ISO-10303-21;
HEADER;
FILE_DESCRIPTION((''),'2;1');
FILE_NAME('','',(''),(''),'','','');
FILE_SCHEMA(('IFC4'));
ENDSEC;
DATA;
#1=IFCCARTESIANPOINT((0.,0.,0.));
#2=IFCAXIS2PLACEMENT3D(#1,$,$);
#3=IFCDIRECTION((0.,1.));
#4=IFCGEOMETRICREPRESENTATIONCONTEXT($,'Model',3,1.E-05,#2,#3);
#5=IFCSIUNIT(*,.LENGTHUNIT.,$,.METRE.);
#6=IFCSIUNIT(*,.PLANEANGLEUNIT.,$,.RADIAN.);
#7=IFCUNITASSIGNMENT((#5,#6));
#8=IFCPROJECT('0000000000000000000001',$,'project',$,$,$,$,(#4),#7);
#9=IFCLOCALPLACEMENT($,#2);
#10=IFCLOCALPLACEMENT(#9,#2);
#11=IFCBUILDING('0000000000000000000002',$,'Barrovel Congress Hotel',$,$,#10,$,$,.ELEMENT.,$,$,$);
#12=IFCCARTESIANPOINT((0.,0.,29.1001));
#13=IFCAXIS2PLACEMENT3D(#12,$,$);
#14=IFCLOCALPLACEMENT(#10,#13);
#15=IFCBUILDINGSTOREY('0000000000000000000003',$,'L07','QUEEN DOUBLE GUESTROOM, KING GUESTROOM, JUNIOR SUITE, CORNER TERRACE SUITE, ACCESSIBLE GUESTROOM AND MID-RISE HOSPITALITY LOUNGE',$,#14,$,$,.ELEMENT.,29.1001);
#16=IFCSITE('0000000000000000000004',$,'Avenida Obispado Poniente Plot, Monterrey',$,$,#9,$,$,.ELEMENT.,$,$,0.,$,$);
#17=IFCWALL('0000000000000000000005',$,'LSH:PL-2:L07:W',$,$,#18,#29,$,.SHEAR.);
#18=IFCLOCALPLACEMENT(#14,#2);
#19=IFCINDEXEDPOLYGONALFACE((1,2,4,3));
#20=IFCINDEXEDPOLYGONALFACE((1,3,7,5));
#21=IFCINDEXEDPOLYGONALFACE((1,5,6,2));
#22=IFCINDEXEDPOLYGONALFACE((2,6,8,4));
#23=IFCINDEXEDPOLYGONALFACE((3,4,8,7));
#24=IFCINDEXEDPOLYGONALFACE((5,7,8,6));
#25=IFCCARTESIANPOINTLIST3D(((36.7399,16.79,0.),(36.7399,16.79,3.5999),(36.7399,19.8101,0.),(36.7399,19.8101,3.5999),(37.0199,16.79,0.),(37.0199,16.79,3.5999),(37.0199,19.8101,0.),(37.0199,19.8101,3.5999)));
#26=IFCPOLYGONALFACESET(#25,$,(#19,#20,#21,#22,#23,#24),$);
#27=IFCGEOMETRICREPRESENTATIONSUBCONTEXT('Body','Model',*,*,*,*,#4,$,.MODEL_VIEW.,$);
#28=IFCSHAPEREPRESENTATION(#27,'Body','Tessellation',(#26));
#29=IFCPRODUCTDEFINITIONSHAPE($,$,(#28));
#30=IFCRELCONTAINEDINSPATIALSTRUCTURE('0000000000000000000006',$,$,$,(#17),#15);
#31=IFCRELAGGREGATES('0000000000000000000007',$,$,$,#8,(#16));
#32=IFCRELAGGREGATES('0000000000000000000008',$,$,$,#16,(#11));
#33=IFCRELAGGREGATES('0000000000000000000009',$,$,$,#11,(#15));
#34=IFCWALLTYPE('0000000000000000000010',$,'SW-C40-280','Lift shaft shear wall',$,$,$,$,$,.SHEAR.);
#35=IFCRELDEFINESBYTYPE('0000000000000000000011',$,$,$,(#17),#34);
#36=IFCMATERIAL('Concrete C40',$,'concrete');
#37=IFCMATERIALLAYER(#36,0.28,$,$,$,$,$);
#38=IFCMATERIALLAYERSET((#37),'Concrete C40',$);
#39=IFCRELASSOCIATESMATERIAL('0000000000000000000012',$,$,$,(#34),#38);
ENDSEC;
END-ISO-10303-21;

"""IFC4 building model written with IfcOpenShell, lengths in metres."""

from ifc_helpers import new_model, si_unit, direction, frame, frame_2d, origin, place, context, subcontext, project, spatial, rectangle, extrude, material, layer, layer_set, type_object, element, save


model = new_model("IFC4")

# Units and contexts
model_context = context("Model", 3, precision=1e-05, world=origin(), true_north=direction((0.0, 1.0)))
body_context = subcontext(model_context, "Body", "Model", "MODEL_VIEW")
ifc_project = project(units=[si_unit("LENGTHUNIT", "METRE"), si_unit("PLANEANGLEUNIT", "RADIAN")], contexts=[model_context])

# Site, building, storey
site_placement = place(None, origin())
site = spatial("IfcSite", under=ifc_project, at=site_placement, Name="Avenida Obispado Poniente Plot, Monterrey", CompositionType="ELEMENT", RefElevation=0.0)
building_placement = place(site_placement, origin())
building = spatial("IfcBuilding", under=site, at=building_placement, Name="Barrovel Congress Hotel", CompositionType="ELEMENT")
storey_placement = place(building_placement, frame((0.0, 0.0, 29.1001)))
storey = spatial("IfcBuildingStorey", under=building, at=storey_placement, Name="L07", Description="QUEEN DOUBLE GUESTROOM, KING GUESTROOM, JUNIOR SUITE, CORNER TERRACE SUITE, ACCESSIBLE GUESTROOM AND MID-RISE HOSPITALITY LOUNGE", CompositionType="ELEMENT", Elevation=29.1001)

# Shared definitions
ifc_material_1 = material(Name="Concrete C40", Category="concrete")

# Shared definitions
ifc_layer_1 = layer(ifc_material_1, 0.28)
ifc_layer_set_1 = layer_set([ifc_layer_1], Name="Concrete C40")
wall_type_1 = type_object("IfcWallType", Name="SW-C40-280", Description="Lift shaft shear wall", PredefinedType="SHEAR", material=ifc_layer_set_1)

# Wall
wall_1_placement = place(storey_placement, frame((36.8799, 19.8101, 0.0), z_axis=(0.0, 0.0, 1.0), x_axis=(0.0, -1.0, 0.0)))
element("IfcWall", 1, at=wall_1_placement, inside=storey, type_object=wall_type_1, Name="LSH:PL-2:L07:W", PredefinedType="SHEAR", context=body_context, shape_type="SweptSolid", body=[
    extrude(rectangle(XDim=3.02, YDim=0.28, at=frame_2d((1.51, 0.0))), origin(), (0.0, 0.0, 1.0), 3.5999),
])

save(model, "model.ifc")
